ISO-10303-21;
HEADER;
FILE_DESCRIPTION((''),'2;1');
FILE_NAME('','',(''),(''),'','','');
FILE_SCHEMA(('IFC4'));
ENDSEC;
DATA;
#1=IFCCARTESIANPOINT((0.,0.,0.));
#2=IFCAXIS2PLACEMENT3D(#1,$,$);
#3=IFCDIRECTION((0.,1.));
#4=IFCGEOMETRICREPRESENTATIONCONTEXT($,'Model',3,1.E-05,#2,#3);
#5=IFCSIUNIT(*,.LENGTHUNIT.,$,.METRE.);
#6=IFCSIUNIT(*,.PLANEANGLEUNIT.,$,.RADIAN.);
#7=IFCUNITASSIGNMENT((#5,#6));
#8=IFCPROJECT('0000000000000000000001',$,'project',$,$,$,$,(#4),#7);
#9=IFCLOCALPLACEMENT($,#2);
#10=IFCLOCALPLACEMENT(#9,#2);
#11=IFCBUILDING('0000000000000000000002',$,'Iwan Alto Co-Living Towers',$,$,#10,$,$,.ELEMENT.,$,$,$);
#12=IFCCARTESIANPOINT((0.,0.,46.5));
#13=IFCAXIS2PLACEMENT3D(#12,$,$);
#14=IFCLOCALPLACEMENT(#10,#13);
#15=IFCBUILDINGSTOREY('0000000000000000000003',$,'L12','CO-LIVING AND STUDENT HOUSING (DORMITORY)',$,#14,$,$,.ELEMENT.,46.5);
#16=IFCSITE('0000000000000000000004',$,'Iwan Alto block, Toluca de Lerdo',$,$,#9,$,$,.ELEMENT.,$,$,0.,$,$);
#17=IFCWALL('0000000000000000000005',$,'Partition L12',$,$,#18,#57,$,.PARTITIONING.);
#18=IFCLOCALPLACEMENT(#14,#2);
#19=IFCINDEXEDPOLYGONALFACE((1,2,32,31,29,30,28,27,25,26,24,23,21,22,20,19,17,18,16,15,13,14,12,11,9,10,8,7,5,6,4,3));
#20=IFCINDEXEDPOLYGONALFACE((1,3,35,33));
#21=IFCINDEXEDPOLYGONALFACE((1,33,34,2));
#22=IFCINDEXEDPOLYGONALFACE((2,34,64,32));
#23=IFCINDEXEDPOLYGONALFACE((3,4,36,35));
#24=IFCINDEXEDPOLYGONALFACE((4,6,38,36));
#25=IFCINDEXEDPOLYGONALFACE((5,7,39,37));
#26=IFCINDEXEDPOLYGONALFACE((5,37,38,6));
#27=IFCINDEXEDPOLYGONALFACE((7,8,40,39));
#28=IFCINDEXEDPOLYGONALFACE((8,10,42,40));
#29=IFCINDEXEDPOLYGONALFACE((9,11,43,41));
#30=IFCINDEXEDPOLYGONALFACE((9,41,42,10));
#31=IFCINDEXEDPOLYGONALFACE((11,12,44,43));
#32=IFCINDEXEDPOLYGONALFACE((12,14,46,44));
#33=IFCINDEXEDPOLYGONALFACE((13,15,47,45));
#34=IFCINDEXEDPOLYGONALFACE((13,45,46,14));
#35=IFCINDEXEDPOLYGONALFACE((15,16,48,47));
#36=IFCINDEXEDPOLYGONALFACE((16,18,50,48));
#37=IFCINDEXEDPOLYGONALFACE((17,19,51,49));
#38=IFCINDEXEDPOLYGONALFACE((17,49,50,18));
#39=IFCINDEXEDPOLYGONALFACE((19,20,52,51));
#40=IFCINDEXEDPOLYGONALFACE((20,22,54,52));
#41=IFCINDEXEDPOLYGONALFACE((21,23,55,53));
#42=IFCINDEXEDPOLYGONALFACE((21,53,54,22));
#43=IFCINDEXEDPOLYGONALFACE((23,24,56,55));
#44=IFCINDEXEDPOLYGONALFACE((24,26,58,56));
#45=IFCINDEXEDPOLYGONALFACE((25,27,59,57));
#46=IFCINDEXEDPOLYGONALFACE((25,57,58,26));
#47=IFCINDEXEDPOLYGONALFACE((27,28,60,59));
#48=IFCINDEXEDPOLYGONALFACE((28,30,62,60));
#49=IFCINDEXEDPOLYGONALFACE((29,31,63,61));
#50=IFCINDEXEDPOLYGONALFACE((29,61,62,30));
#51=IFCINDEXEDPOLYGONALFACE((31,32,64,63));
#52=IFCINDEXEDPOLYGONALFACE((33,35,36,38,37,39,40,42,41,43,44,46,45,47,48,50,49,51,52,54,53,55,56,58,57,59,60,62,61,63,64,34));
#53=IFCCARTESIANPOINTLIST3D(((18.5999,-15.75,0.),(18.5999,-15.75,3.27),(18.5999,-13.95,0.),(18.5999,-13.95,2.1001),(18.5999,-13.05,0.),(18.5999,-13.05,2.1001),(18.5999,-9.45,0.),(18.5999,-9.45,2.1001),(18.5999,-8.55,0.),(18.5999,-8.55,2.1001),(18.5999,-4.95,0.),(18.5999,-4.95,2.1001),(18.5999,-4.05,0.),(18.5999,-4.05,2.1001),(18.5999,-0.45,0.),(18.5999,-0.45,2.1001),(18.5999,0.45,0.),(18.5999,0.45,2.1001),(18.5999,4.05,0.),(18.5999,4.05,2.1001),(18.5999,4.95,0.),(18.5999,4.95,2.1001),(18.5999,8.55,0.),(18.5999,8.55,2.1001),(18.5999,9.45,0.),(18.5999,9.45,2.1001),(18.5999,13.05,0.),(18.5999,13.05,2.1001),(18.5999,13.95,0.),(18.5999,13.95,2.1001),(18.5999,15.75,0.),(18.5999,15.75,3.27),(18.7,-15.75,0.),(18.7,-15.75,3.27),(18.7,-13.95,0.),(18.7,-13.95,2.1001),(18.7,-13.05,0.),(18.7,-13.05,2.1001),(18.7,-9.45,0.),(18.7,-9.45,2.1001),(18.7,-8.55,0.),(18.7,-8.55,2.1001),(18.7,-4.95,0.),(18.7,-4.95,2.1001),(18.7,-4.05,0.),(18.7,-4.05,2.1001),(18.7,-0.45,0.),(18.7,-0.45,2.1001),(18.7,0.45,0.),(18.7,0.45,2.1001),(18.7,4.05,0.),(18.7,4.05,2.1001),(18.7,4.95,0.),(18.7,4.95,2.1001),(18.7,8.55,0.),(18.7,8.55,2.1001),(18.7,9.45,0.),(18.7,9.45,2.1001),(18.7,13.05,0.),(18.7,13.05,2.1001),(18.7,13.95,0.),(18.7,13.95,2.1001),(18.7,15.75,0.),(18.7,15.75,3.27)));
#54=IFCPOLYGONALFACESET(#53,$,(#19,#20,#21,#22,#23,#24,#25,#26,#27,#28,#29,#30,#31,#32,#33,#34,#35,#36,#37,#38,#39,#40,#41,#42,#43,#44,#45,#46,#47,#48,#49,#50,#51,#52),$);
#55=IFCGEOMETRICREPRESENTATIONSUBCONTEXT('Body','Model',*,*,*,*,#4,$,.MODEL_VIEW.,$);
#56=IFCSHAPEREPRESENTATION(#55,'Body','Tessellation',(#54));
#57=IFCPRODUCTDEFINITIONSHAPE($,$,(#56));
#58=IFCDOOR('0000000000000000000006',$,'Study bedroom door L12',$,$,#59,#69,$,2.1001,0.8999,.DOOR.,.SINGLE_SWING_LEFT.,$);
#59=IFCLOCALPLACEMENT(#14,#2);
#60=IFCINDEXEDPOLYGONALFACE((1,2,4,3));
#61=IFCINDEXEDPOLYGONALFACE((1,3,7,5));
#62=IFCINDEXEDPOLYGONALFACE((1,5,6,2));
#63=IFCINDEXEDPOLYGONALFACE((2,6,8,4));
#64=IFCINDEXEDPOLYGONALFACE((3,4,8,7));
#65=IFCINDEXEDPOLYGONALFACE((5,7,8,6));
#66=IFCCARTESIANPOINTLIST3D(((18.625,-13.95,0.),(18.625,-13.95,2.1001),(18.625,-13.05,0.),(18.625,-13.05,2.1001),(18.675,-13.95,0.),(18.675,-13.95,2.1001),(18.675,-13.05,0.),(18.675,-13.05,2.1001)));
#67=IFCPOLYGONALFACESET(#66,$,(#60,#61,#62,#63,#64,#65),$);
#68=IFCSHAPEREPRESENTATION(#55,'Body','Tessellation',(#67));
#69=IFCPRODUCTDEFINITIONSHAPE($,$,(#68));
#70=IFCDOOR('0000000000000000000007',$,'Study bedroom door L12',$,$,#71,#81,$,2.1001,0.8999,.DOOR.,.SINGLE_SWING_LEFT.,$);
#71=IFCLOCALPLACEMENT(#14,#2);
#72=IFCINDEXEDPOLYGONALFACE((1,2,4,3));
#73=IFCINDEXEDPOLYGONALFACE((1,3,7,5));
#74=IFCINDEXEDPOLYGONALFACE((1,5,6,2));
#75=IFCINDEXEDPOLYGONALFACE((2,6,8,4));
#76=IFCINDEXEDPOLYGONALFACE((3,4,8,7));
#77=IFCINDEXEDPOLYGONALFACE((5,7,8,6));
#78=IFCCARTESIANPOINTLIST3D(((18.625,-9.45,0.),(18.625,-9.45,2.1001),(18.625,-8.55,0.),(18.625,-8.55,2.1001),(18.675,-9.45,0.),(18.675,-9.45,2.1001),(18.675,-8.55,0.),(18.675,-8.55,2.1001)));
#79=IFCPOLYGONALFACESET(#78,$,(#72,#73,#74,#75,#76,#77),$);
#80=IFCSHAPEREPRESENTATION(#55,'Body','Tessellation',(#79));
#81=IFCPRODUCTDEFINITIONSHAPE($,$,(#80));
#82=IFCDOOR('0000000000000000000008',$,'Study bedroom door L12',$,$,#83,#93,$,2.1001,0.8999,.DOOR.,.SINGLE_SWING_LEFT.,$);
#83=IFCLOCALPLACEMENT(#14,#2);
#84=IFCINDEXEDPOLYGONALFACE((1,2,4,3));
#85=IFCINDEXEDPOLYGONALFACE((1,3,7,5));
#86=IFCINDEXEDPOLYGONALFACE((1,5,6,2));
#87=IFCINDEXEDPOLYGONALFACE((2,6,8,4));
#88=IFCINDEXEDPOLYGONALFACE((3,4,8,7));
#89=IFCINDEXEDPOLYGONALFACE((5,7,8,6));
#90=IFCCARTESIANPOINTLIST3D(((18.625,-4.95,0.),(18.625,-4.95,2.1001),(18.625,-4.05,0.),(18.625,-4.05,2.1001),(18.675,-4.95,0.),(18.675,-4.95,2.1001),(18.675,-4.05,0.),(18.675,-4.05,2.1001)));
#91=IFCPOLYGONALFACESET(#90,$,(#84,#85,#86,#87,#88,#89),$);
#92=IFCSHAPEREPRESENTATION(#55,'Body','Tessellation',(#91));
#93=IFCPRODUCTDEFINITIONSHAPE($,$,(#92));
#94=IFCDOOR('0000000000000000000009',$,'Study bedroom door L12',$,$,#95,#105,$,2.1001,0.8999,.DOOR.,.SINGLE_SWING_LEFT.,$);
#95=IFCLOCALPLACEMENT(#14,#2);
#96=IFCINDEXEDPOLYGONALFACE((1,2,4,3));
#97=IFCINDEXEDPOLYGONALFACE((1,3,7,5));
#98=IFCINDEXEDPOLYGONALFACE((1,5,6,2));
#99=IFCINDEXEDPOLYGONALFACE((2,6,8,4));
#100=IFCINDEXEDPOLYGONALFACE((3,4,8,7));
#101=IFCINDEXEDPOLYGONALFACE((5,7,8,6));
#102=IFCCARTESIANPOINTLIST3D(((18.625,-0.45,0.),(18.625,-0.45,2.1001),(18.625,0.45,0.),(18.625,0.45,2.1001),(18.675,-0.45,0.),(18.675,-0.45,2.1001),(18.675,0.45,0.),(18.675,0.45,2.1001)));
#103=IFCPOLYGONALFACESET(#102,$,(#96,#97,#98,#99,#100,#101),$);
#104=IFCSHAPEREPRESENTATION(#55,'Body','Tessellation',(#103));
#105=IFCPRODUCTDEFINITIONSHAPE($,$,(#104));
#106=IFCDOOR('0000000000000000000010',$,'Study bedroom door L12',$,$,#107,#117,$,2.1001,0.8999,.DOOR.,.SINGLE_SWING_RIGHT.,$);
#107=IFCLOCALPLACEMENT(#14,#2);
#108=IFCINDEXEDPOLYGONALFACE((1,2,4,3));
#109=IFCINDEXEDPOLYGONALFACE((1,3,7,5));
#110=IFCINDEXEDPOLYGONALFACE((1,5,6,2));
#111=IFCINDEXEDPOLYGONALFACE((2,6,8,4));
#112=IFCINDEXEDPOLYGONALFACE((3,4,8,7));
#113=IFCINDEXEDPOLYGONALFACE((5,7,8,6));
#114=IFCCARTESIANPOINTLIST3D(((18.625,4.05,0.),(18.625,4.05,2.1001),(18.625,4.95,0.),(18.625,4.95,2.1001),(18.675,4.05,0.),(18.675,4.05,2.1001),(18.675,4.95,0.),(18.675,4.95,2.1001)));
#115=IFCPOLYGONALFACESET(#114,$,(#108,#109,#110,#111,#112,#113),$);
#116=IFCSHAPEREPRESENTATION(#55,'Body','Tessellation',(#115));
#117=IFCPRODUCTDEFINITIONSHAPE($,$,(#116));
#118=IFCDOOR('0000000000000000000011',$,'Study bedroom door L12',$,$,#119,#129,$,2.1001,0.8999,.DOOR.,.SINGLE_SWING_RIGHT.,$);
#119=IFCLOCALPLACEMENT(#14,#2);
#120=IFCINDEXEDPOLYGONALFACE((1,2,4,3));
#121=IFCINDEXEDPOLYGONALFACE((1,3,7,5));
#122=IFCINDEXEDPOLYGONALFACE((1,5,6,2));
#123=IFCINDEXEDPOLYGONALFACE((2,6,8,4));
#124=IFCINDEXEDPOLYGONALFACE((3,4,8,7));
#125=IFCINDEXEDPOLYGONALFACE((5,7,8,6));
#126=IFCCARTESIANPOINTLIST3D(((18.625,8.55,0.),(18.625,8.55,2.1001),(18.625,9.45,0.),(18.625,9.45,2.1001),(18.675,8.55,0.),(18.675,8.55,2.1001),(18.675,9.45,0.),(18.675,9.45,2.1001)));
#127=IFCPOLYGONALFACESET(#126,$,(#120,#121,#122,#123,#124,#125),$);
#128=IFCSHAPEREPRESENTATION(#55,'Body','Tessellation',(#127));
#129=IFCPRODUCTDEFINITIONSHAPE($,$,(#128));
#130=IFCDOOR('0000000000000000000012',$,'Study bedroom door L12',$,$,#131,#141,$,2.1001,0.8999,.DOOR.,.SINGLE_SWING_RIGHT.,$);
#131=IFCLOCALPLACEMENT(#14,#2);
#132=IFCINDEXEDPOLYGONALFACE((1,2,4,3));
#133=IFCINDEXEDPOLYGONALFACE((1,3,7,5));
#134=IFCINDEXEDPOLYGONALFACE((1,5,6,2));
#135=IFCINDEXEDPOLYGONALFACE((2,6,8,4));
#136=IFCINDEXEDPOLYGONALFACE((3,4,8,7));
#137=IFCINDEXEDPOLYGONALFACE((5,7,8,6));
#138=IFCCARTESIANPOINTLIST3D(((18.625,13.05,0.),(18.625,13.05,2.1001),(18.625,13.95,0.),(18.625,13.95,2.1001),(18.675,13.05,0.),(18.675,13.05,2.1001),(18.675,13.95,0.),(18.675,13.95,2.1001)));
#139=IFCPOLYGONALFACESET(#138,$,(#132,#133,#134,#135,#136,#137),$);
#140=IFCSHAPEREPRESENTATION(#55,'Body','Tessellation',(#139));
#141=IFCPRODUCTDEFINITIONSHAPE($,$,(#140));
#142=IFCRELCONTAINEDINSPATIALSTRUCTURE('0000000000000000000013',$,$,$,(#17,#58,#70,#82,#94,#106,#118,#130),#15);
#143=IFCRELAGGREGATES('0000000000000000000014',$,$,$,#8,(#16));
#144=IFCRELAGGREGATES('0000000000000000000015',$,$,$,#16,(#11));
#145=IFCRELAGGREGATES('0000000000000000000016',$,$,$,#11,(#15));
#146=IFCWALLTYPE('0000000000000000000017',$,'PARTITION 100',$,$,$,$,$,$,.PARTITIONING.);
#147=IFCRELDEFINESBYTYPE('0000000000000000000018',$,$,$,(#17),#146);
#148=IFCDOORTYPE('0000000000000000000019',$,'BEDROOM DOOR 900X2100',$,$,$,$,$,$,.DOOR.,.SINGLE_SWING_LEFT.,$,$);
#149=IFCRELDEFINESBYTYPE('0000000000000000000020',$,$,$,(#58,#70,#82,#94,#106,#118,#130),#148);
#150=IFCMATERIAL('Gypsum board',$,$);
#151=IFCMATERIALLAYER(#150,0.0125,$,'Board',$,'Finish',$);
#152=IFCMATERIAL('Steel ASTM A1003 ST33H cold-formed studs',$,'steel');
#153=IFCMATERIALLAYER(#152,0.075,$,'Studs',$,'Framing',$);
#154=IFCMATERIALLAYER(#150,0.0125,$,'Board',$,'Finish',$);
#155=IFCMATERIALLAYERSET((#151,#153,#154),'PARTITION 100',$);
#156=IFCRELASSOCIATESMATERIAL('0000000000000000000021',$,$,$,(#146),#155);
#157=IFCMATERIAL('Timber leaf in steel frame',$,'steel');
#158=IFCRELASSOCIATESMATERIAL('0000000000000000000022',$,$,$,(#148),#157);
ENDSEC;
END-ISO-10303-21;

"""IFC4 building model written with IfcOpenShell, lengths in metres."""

from ifc_helpers import new_model, si_unit, direction, frame, frame_2d, origin, place, context, subcontext, project, spatial, rectangle, extrude, material, layer, layer_set, type_object, element, fill, save


model = new_model("IFC4")

# Units and contexts
model_context = context("Model", 3, precision=1e-05, world=origin(), true_north=direction((0.0, 1.0)))
body_context = subcontext(model_context, "Body", "Model", "MODEL_VIEW")
ifc_project = project(units=[si_unit("LENGTHUNIT", "METRE"), si_unit("PLANEANGLEUNIT", "RADIAN")], contexts=[model_context])

# Site, building, storey
site_placement = place(None, origin())
site = spatial("IfcSite", under=ifc_project, at=site_placement, Name="Iwan Alto block, Toluca de Lerdo", CompositionType="ELEMENT", RefElevation=0.0)
building_placement = place(site_placement, origin())
building = spatial("IfcBuilding", under=site, at=building_placement, Name="Iwan Alto Co-Living Towers", CompositionType="ELEMENT")
storey_placement = place(building_placement, frame((0.0, 0.0, 46.5)))
storey = spatial("IfcBuildingStorey", under=building, at=storey_placement, Name="L12", Description="CO-LIVING AND STUDENT HOUSING (DORMITORY)", CompositionType="ELEMENT", Elevation=46.5)

# Shared definitions
ifc_material_1 = material(Name="Gypsum board")
ifc_layer_1 = layer(ifc_material_1, 0.0125, Name="Board", Category="Finish")
ifc_material_2 = material(Name="Steel ASTM A1003 ST33H cold-formed studs", Category="steel")
ifc_layer_2 = layer(ifc_material_2, 0.075, Name="Studs", Category="Framing")
ifc_layer_3 = layer(ifc_material_1, 0.0125, Name="Board", Category="Finish")
ifc_layer_set_1 = layer_set([ifc_layer_1, ifc_layer_2, ifc_layer_3], Name="PARTITION 100")
wall_type = type_object("IfcWallType", Name="PARTITION 100", PredefinedType="PARTITIONING", material=ifc_layer_set_1)

# Wall, openings, doors
wall_1_placement = place(storey_placement, frame((18.6499, -15.75, 0.0), z_axis=(0.0, 0.0, 1.0), x_axis=(0.0, 1.0, 0.0)))
wall_1 = element("IfcWall", 1, at=wall_1_placement, inside=storey, type_object=wall_type, Name="Partition L12", PredefinedType="PARTITIONING", context=body_context, shape_type="SweptSolid", body=[
    extrude(rectangle(XDim=31.5, YDim=0.1001, at=frame_2d((15.75, 0.0))), origin(), (0.0, 0.0, 1.0), 3.27),
])
opening_1_placement = place(wall_1_placement, frame((1.8, 0.0, 0.0)))
opening_1 = element("IfcOpeningElement", 2, at=opening_1_placement, cuts=wall_1, PredefinedType="OPENING", context=body_context, shape_type="SweptSolid", body=[
    extrude(rectangle(XDim=0.8999, YDim=2.1001, at=frame_2d((0.45, 1.05))), frame((0.0, 0.0601, 0.0), z_axis=(0.0, -1.0, 0.0), x_axis=(1.0, 0.0, 0.0)), (0.0, 0.0, 1.0), 0.1201),
])
opening_2_placement = place(wall_1_placement, frame((6.3, 0.0, 0.0)))
opening_2 = element("IfcOpeningElement", 3, at=opening_2_placement, cuts=wall_1, PredefinedType="OPENING", context=body_context, shape_type="SweptSolid", body=[
    extrude(rectangle(XDim=0.8999, YDim=2.1001, at=frame_2d((0.45, 1.05))), frame((0.0, 0.0601, 0.0), z_axis=(0.0, -1.0, 0.0), x_axis=(1.0, 0.0, 0.0)), (0.0, 0.0, 1.0), 0.1201),
])
opening_3_placement = place(wall_1_placement, frame((10.8, 0.0, 0.0)))
opening_3 = element("IfcOpeningElement", 4, at=opening_3_placement, cuts=wall_1, PredefinedType="OPENING", context=body_context, shape_type="SweptSolid", body=[
    extrude(rectangle(XDim=0.8999, YDim=2.1001, at=frame_2d((0.45, 1.05))), frame((0.0, 0.0601, 0.0), z_axis=(0.0, -1.0, 0.0), x_axis=(1.0, 0.0, 0.0)), (0.0, 0.0, 1.0), 0.1201),
])
opening_4_placement = place(wall_1_placement, frame((15.3, 0.0, 0.0)))
opening_4 = element("IfcOpeningElement", 5, at=opening_4_placement, cuts=wall_1, PredefinedType="OPENING", context=body_context, shape_type="SweptSolid", body=[
    extrude(rectangle(XDim=0.8999, YDim=2.1001, at=frame_2d((0.45, 1.05))), frame((0.0, 0.0601, 0.0), z_axis=(0.0, -1.0, 0.0), x_axis=(1.0, 0.0, 0.0)), (0.0, 0.0, 1.0), 0.1201),
])
opening_5_placement = place(wall_1_placement, frame((19.8, 0.0, 0.0)))
opening_5 = element("IfcOpeningElement", 6, at=opening_5_placement, cuts=wall_1, PredefinedType="OPENING", context=body_context, shape_type="SweptSolid", body=[
    extrude(rectangle(XDim=0.8999, YDim=2.1001, at=frame_2d((0.45, 1.05))), frame((0.0, 0.0601, 0.0), z_axis=(0.0, -1.0, 0.0), x_axis=(1.0, 0.0, 0.0)), (0.0, 0.0, 1.0), 0.1201),
])
opening_6_placement = place(wall_1_placement, frame((24.3, 0.0, 0.0)))
opening_6 = element("IfcOpeningElement", 7, at=opening_6_placement, cuts=wall_1, PredefinedType="OPENING", context=body_context, shape_type="SweptSolid", body=[
    extrude(rectangle(XDim=0.8999, YDim=2.1001, at=frame_2d((0.45, 1.05))), frame((0.0, 0.0601, 0.0), z_axis=(0.0, -1.0, 0.0), x_axis=(1.0, 0.0, 0.0)), (0.0, 0.0, 1.0), 0.1201),
])
opening_7_placement = place(wall_1_placement, frame((28.8, 0.0, 0.0)))
opening_7 = element("IfcOpeningElement", 8, at=opening_7_placement, cuts=wall_1, PredefinedType="OPENING", context=body_context, shape_type="SweptSolid", body=[
    extrude(rectangle(XDim=0.8999, YDim=2.1001, at=frame_2d((0.45, 1.05))), frame((0.0, 0.0601, 0.0), z_axis=(0.0, -1.0, 0.0), x_axis=(1.0, 0.0, 0.0)), (0.0, 0.0, 1.0), 0.1201),
])
ifc_material_3 = material(Name="Timber leaf in steel frame", Category="steel")
door_type_1 = type_object("IfcDoorType", Name="BEDROOM DOOR 900X2100", OperationType="SINGLE_SWING_LEFT", PredefinedType="DOOR", material=ifc_material_3)
door_1_placement = place(opening_1_placement, origin())
door_1 = element("IfcDoor", 9, at=door_1_placement, inside=storey, type_object=door_type_1, Name="Study bedroom door L12", OperationType="SINGLE_SWING_LEFT", OverallHeight=2.1001, OverallWidth=0.8999, PredefinedType="DOOR", context=body_context, shape_type="SweptSolid", body=[
    extrude(rectangle(XDim=0.8999, YDim=2.1001, at=frame_2d((0.45, 1.05))), frame((0.0, 0.0249, 0.0), z_axis=(0.0, -1.0, 0.0), x_axis=(1.0, 0.0, 0.0)), (0.0, 0.0, 1.0), 0.05),
])
fill(opening_1, door_1)
door_2_placement = place(opening_2_placement, origin())
door_2 = element("IfcDoor", 10, at=door_2_placement, inside=storey, type_object=door_type_1, Name="Study bedroom door L12", OperationType="SINGLE_SWING_LEFT", OverallHeight=2.1001, OverallWidth=0.8999, PredefinedType="DOOR", context=body_context, shape_type="SweptSolid", body=[
    extrude(rectangle(XDim=0.8999, YDim=2.1001, at=frame_2d((0.45, 1.05))), frame((0.0, 0.0249, 0.0), z_axis=(0.0, -1.0, 0.0), x_axis=(1.0, 0.0, 0.0)), (0.0, 0.0, 1.0), 0.05),
])
fill(opening_2, door_2)
door_3_placement = place(opening_3_placement, origin())
door_3 = element("IfcDoor", 11, at=door_3_placement, inside=storey, type_object=door_type_1, Name="Study bedroom door L12", OperationType="SINGLE_SWING_LEFT", OverallHeight=2.1001, OverallWidth=0.8999, PredefinedType="DOOR", context=body_context, shape_type="SweptSolid", body=[
    extrude(rectangle(XDim=0.8999, YDim=2.1001, at=frame_2d((0.45, 1.05))), frame((0.0, 0.0249, 0.0), z_axis=(0.0, -1.0, 0.0), x_axis=(1.0, 0.0, 0.0)), (0.0, 0.0, 1.0), 0.05),
])
fill(opening_3, door_3)
door_4_placement = place(opening_4_placement, origin())
door_4 = element("IfcDoor", 12, at=door_4_placement, inside=storey, type_object=door_type_1, Name="Study bedroom door L12", OperationType="SINGLE_SWING_LEFT", OverallHeight=2.1001, OverallWidth=0.8999, PredefinedType="DOOR", context=body_context, shape_type="SweptSolid", body=[
    extrude(rectangle(XDim=0.8999, YDim=2.1001, at=frame_2d((0.45, 1.05))), frame((0.0, 0.0249, 0.0), z_axis=(0.0, -1.0, 0.0), x_axis=(1.0, 0.0, 0.0)), (0.0, 0.0, 1.0), 0.05),
])
fill(opening_4, door_4)
door_5_placement = place(opening_5_placement, origin())
door_5 = element("IfcDoor", 13, at=door_5_placement, inside=storey, type_object=door_type_1, Name="Study bedroom door L12", OperationType="SINGLE_SWING_RIGHT", OverallHeight=2.1001, OverallWidth=0.8999, PredefinedType="DOOR", context=body_context, shape_type="SweptSolid", body=[
    extrude(rectangle(XDim=0.8999, YDim=2.1001, at=frame_2d((0.45, 1.05))), frame((0.0, 0.0249, 0.0), z_axis=(0.0, -1.0, 0.0), x_axis=(1.0, 0.0, 0.0)), (0.0, 0.0, 1.0), 0.05),
])
fill(opening_5, door_5)
door_6_placement = place(opening_6_placement, origin())
door_6 = element("IfcDoor", 14, at=door_6_placement, inside=storey, type_object=door_type_1, Name="Study bedroom door L12", OperationType="SINGLE_SWING_RIGHT", OverallHeight=2.1001, OverallWidth=0.8999, PredefinedType="DOOR", context=body_context, shape_type="SweptSolid", body=[
    extrude(rectangle(XDim=0.8999, YDim=2.1001, at=frame_2d((0.45, 1.05))), frame((0.0, 0.0249, 0.0), z_axis=(0.0, -1.0, 0.0), x_axis=(1.0, 0.0, 0.0)), (0.0, 0.0, 1.0), 0.05),
])
fill(opening_6, door_6)
door_7_placement = place(opening_7_placement, origin())
door_7 = element("IfcDoor", 15, at=door_7_placement, inside=storey, type_object=door_type_1, Name="Study bedroom door L12", OperationType="SINGLE_SWING_RIGHT", OverallHeight=2.1001, OverallWidth=0.8999, PredefinedType="DOOR", context=body_context, shape_type="SweptSolid", body=[
    extrude(rectangle(XDim=0.8999, YDim=2.1001, at=frame_2d((0.45, 1.05))), frame((0.0, 0.0249, 0.0), z_axis=(0.0, -1.0, 0.0), x_axis=(1.0, 0.0, 0.0)), (0.0, 0.0, 1.0), 0.05),
])
fill(opening_7, door_7)

save(model, "model.ifc")
